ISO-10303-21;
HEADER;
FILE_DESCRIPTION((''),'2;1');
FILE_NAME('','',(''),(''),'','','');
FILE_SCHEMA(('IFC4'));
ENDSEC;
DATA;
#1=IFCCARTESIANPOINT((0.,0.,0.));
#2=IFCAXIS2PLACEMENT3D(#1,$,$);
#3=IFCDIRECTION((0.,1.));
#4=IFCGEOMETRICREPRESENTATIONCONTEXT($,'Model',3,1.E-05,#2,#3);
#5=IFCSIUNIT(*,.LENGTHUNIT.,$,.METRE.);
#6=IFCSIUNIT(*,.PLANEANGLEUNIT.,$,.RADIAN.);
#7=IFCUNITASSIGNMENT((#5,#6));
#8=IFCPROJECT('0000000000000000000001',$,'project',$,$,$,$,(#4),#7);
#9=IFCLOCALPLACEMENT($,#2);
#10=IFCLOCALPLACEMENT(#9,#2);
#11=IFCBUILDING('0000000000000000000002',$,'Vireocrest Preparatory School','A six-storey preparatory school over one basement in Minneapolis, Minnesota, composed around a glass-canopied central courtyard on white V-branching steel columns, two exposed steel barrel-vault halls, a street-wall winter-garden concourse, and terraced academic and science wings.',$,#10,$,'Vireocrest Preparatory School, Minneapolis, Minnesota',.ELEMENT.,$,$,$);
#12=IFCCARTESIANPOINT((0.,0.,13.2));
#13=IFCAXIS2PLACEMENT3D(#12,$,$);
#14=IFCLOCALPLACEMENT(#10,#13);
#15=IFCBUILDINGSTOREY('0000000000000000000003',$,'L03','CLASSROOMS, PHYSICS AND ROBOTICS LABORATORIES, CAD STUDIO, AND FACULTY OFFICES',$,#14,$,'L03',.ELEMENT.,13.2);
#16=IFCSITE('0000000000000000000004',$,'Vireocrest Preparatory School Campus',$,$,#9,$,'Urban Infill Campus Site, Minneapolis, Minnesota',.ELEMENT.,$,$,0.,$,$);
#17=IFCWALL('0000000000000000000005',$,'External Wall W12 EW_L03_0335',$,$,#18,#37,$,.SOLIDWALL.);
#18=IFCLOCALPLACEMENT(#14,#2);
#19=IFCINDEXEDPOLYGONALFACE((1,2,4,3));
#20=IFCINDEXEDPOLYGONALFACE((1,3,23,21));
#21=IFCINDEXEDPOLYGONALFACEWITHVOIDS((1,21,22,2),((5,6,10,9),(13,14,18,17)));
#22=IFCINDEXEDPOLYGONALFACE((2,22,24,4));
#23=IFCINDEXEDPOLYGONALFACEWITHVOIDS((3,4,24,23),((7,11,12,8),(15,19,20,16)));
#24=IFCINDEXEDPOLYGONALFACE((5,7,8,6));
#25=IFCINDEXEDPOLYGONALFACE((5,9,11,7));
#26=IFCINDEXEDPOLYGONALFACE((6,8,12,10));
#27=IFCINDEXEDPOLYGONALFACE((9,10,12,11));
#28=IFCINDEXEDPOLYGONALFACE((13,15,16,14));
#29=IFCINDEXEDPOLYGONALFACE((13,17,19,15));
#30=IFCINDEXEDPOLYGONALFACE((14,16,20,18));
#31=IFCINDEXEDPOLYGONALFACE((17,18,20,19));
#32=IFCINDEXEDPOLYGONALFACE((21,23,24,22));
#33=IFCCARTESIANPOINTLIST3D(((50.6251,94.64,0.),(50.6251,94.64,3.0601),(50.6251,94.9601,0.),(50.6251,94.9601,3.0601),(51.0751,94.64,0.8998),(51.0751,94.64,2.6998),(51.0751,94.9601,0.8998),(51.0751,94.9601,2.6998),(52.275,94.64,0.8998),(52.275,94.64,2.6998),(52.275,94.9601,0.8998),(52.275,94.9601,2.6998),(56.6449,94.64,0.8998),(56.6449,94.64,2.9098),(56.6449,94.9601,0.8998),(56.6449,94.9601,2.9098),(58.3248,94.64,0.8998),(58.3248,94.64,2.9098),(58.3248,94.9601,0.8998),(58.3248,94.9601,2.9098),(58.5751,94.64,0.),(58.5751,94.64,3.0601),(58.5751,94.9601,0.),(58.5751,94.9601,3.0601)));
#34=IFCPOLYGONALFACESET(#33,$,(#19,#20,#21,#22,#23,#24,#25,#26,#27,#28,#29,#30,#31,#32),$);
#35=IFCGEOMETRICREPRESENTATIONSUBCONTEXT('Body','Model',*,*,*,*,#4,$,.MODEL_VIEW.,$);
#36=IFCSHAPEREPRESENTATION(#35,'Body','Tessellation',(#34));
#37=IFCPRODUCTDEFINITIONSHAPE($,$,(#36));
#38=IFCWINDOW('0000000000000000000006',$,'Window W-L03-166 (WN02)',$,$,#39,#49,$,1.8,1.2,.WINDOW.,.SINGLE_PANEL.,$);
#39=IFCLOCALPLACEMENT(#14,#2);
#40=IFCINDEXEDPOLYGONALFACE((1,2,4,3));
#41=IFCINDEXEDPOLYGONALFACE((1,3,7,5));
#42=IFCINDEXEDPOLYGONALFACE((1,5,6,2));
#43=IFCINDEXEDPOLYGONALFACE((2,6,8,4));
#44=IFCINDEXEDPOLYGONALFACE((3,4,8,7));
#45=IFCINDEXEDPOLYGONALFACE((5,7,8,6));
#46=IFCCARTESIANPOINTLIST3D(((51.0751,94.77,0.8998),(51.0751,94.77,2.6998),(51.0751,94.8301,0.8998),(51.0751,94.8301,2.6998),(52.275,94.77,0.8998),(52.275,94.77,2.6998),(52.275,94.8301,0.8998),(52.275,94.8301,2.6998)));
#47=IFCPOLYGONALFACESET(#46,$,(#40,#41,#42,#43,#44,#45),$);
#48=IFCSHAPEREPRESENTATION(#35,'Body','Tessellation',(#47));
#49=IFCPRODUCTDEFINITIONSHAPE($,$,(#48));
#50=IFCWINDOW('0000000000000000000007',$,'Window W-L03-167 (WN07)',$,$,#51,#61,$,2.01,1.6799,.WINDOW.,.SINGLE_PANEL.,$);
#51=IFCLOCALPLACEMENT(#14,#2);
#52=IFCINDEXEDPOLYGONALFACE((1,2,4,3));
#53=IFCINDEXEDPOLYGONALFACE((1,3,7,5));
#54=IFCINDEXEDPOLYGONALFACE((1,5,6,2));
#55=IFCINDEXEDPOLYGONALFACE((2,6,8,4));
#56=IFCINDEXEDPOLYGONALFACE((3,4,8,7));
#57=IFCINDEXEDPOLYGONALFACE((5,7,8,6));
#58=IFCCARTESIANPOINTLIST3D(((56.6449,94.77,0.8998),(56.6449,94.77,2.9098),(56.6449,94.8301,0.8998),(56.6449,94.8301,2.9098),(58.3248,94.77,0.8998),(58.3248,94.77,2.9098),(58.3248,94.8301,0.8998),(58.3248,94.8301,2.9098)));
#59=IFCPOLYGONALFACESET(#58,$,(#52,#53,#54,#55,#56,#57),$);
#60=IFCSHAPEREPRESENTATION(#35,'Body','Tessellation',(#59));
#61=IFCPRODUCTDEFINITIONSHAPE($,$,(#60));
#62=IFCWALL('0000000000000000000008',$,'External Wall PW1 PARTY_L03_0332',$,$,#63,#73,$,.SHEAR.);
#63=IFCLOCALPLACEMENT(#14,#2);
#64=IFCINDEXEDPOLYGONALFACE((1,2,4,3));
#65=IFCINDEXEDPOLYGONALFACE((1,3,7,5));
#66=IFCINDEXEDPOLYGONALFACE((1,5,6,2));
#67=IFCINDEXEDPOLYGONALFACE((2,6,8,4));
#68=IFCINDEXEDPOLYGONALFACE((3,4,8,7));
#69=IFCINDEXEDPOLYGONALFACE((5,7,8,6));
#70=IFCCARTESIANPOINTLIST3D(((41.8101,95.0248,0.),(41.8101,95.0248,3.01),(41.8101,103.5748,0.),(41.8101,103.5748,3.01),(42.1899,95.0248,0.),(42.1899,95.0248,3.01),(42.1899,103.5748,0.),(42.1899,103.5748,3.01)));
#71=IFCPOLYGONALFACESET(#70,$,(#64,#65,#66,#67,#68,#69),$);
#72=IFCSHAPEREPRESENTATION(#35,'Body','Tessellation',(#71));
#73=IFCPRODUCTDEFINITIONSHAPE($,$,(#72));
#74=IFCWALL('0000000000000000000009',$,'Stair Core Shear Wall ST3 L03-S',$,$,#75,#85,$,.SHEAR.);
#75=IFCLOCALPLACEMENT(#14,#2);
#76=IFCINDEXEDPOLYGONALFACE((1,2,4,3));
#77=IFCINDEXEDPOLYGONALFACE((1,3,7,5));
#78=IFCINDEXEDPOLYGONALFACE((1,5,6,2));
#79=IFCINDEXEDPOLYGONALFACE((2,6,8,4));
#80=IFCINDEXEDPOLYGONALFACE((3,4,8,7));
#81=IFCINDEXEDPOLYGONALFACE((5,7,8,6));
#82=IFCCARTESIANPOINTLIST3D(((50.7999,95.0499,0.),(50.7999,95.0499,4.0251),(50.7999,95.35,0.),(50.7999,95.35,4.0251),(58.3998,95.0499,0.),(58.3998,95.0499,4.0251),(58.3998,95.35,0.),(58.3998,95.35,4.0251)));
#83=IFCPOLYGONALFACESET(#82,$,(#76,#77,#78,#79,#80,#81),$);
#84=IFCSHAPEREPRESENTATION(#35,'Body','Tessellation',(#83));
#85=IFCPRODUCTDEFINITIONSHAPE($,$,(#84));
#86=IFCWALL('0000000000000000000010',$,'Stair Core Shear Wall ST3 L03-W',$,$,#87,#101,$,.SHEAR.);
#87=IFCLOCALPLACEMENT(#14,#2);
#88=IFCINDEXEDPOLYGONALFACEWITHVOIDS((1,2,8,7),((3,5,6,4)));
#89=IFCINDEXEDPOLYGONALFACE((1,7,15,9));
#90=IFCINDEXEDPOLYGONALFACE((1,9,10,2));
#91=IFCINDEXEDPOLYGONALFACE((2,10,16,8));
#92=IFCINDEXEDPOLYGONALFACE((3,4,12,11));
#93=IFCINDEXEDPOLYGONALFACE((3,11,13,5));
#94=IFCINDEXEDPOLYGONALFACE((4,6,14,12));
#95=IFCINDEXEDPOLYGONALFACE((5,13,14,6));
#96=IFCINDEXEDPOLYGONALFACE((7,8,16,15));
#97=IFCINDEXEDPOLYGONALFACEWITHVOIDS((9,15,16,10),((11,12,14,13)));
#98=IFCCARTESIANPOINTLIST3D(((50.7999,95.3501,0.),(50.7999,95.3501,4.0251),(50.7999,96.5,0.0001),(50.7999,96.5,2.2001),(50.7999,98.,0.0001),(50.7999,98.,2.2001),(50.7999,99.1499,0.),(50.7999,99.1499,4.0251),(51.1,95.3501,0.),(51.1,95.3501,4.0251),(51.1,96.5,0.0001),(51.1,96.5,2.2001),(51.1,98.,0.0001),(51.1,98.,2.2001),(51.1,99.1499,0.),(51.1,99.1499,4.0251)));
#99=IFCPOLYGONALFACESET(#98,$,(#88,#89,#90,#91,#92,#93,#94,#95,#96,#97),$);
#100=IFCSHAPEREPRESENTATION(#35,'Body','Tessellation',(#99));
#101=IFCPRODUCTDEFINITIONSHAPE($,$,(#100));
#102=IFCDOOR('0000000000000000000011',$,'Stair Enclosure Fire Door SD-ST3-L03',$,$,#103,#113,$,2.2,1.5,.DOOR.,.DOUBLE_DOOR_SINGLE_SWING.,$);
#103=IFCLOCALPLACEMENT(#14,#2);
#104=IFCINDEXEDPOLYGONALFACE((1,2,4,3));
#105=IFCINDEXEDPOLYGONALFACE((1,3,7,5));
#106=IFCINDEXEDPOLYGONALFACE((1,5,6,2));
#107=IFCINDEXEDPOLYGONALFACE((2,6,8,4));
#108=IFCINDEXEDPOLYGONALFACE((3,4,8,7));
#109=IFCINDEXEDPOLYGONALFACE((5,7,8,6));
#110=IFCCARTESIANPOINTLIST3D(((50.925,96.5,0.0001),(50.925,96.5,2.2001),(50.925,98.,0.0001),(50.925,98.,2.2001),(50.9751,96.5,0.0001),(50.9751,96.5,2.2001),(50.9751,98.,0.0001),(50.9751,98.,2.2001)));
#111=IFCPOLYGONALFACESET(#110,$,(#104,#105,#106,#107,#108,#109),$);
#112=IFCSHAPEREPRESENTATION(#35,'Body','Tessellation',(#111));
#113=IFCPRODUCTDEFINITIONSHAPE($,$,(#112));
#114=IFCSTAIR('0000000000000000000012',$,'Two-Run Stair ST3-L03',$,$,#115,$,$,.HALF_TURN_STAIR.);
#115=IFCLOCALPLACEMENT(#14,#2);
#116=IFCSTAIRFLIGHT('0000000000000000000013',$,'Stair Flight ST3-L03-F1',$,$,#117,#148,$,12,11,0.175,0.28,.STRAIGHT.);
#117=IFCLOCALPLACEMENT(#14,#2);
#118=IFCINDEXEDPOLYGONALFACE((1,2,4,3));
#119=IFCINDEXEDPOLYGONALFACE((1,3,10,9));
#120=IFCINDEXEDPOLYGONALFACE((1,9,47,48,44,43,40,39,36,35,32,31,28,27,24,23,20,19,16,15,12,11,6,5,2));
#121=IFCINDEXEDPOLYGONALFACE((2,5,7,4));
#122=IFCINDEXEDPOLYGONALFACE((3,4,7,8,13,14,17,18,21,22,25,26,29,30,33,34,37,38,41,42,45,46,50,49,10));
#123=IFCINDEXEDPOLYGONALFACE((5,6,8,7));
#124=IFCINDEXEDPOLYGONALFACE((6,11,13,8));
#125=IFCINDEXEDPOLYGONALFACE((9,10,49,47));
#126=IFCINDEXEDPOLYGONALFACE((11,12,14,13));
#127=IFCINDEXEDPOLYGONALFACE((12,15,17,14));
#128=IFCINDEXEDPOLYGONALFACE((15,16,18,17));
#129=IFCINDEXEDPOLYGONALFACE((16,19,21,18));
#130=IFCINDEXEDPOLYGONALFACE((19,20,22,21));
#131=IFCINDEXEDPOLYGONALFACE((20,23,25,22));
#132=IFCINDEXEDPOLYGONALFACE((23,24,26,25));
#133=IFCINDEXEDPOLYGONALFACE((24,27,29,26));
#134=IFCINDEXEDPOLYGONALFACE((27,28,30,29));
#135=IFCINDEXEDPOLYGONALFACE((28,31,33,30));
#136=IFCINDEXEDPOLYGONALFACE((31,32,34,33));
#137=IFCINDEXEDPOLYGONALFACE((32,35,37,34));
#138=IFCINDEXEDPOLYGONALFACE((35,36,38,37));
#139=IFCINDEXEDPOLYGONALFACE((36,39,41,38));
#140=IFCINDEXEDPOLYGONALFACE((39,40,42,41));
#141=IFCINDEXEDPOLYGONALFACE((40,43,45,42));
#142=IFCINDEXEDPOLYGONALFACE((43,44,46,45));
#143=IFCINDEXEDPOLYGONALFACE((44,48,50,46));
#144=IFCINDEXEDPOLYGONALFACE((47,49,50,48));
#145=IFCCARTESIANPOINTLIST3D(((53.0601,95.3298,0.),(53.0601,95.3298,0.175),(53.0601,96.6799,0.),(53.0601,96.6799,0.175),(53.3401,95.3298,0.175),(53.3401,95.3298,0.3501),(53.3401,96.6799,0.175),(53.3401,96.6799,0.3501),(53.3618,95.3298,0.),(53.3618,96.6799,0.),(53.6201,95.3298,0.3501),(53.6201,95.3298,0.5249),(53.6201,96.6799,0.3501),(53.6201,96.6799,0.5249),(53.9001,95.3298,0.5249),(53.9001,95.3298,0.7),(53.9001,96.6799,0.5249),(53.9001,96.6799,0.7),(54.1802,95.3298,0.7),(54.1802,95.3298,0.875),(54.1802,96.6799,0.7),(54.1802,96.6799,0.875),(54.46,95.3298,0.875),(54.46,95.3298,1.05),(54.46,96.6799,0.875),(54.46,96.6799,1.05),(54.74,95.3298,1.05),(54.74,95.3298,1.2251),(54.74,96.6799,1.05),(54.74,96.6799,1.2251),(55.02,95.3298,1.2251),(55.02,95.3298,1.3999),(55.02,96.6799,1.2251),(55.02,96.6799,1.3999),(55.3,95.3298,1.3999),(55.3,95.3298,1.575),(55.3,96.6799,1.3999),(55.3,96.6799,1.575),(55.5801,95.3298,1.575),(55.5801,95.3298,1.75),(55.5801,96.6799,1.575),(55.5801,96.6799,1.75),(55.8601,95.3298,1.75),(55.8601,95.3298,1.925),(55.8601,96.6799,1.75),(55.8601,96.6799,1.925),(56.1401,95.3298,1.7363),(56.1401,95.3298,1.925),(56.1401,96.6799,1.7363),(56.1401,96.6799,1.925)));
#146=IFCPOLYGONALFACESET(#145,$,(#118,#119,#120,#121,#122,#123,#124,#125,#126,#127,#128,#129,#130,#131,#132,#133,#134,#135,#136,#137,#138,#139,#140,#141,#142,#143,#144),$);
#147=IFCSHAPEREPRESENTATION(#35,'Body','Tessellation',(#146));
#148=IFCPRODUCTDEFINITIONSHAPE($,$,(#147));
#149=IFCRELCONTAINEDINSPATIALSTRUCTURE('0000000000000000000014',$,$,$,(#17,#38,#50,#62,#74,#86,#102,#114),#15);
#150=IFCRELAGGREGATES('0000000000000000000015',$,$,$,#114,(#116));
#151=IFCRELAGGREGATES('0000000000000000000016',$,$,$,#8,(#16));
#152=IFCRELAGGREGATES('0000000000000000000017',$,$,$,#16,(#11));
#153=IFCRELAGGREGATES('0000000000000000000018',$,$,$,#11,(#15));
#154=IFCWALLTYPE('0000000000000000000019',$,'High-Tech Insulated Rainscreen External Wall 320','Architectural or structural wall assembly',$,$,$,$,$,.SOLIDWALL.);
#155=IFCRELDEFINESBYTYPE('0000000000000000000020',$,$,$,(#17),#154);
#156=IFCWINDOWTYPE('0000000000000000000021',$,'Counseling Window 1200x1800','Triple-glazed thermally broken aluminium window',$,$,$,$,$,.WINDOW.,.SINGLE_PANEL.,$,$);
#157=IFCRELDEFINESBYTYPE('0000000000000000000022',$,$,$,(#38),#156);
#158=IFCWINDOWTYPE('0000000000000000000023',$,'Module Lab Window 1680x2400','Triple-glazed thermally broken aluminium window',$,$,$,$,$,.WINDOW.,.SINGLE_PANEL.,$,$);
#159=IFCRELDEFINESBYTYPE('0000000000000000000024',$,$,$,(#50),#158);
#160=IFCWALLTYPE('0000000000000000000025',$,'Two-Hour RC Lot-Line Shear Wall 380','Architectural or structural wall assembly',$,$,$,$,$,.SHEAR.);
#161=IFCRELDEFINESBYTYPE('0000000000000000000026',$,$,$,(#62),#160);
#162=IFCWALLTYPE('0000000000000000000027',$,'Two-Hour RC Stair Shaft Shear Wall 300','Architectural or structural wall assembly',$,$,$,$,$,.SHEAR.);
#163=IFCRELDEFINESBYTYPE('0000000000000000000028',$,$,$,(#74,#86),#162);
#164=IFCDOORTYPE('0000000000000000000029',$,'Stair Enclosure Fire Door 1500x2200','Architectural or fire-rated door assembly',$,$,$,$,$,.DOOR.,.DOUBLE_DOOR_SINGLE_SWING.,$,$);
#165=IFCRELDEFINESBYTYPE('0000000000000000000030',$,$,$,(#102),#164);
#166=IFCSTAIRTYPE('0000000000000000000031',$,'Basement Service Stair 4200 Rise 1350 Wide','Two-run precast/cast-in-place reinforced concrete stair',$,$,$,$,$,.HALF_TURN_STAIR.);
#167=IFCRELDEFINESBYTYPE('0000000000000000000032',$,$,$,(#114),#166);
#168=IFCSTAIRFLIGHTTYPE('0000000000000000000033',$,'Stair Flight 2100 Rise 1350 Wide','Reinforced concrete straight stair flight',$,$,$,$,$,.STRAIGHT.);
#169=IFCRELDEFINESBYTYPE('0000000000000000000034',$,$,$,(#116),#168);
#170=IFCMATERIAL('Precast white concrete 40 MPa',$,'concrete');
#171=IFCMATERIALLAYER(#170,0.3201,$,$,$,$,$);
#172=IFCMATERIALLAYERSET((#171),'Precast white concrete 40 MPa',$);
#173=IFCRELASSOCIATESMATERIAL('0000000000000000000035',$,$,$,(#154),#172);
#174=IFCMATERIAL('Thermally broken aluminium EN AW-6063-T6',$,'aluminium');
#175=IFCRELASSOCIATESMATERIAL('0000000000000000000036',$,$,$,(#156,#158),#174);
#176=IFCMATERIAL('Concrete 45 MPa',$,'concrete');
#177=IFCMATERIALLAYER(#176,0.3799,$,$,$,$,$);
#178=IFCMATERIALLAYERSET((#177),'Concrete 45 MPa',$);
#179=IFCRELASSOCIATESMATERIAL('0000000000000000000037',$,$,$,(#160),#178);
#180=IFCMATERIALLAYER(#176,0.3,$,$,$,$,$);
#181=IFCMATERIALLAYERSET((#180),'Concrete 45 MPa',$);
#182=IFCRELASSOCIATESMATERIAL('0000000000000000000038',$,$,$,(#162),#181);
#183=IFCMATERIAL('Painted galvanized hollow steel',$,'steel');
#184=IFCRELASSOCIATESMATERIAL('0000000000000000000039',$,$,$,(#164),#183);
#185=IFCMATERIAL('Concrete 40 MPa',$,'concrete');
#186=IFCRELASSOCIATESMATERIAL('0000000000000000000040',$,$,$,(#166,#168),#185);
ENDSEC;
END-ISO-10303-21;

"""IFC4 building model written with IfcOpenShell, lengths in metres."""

from ifc_helpers import new_model, si_unit, direction, frame, frame_2d, origin, place, context, subcontext, project, spatial, polyline, rectangle, outline, extrude, material, layer, layer_set, type_object, element, fill, aggregate, save


model = new_model("IFC4")

# Units and contexts
model_context = context("Model", 3, precision=1e-05, world=origin(), true_north=direction((0.0, 1.0)))
body_context = subcontext(model_context, "Body", "Model", "MODEL_VIEW")
ifc_project = project(units=[si_unit("LENGTHUNIT", "METRE"), si_unit("PLANEANGLEUNIT", "RADIAN")], contexts=[model_context])

# Site, building, storey
site_placement = place(None, origin())
site = spatial("IfcSite", under=ifc_project, at=site_placement, Name="Vireocrest Preparatory School Campus", LongName="Urban Infill Campus Site, Minneapolis, Minnesota", CompositionType="ELEMENT", RefElevation=0.0)
building_placement = place(site_placement, origin())
building = spatial("IfcBuilding", under=site, at=building_placement, Name="Vireocrest Preparatory School", Description="A six-storey preparatory school over one basement in Minneapolis, Minnesota, composed around a glass-canopied central courtyard on white V-branching steel columns, two exposed steel barrel-vault halls, a street-wall winter-garden concourse, and terraced academic and science wings.", LongName="Vireocrest Preparatory School, Minneapolis, Minnesota", CompositionType="ELEMENT")
storey_placement = place(building_placement, frame((0.0, 0.0, 13.2)))
storey = spatial("IfcBuildingStorey", under=building, at=storey_placement, Name="L03", Description="CLASSROOMS, PHYSICS AND ROBOTICS LABORATORIES, CAD STUDIO, AND FACULTY OFFICES", LongName="L03", CompositionType="ELEMENT", Elevation=13.2)

# Shared definitions
ifc_material_1 = material(Name="Concrete 45 MPa", Category="concrete")

# Shared definitions
ifc_material_2 = material(Name="Thermally broken aluminium EN AW-6063-T6", Category="aluminium")

# Shared definitions
ifc_material_3 = material(Name="Concrete 40 MPa", Category="concrete")

# Wall, openings, windows
ifc_material_4 = material(Name="Precast white concrete 40 MPa", Category="concrete")
ifc_layer_1 = layer(ifc_material_4, 0.3201)
ifc_layer_set_1 = layer_set([ifc_layer_1], Name="Precast white concrete 40 MPa")
wall_type_1 = type_object("IfcWallType", Name="High-Tech Insulated Rainscreen External Wall 320", Description="Architectural or structural wall assembly", PredefinedType="SOLIDWALL", material=ifc_layer_set_1)
wall_1_placement = place(storey_placement, frame((50.625, 94.8, 0.0), z_axis=(0.0, 0.0, 1.0), x_axis=(1.0, 0.0, 0.0)))
wall_1 = element("IfcWall", 1, at=wall_1_placement, inside=storey, type_object=wall_type_1, Name="External Wall W12 EW_L03_0335", PredefinedType="SOLIDWALL", context=body_context, shape_type="SweptSolid", body=[
    extrude(rectangle(XDim=7.95, YDim=0.3201, at=frame_2d((3.9751, 0.0))), origin(), (0.0, 0.0, 1.0), 3.0601),
])
opening_1_placement = place(wall_1_placement, frame((0.45, 0.0, 0.8999)))
opening_1 = element("IfcOpeningElement", 2, at=opening_1_placement, cuts=wall_1, PredefinedType="OPENING", context=body_context, shape_type="SweptSolid", body=[
    extrude(rectangle(XDim=1.2, YDim=1.8, at=frame_2d((0.6001, 0.8999))), frame((0.0, 0.1699, 0.0), z_axis=(0.0, -1.0, 0.0), x_axis=(1.0, 0.0, 0.0)), (0.0, 0.0, 1.0), 0.3401),
])
opening_2_placement = place(wall_1_placement, frame((6.02, 0.0, 0.8999)))
opening_2 = element("IfcOpeningElement", 3, at=opening_2_placement, cuts=wall_1, PredefinedType="OPENING", context=body_context, shape_type="SweptSolid", body=[
    extrude(rectangle(XDim=1.6799, YDim=2.01, at=frame_2d((0.8398, 1.0049))), frame((0.0, 0.1699, 0.0), z_axis=(0.0, -1.0, 0.0), x_axis=(1.0, 0.0, 0.0)), (0.0, 0.0, 1.0), 0.3401),
])
window_type_1 = type_object("IfcWindowType", Name="Counseling Window 1200x1800", Description="Triple-glazed thermally broken aluminium window", PartitioningType="SINGLE_PANEL", PredefinedType="WINDOW", material=ifc_material_2)
window_1_placement = place(opening_1_placement, origin())
window_1 = element("IfcWindow", 4, at=window_1_placement, inside=storey, type_object=window_type_1, Name="Window W-L03-166 (WN02)", OverallHeight=1.8, OverallWidth=1.2, PartitioningType="SINGLE_PANEL", PredefinedType="WINDOW", context=body_context, shape_type="SweptSolid", body=[
    extrude(rectangle(XDim=1.2, YDim=1.8, at=frame_2d((0.6001, 0.8999))), frame((0.0, 0.03, 0.0), z_axis=(0.0, -1.0, 0.0), x_axis=(1.0, 0.0, 0.0)), (0.0, 0.0, 1.0), 0.0601),
])
fill(opening_1, window_1)
window_type_2 = type_object("IfcWindowType", Name="Module Lab Window 1680x2400", Description="Triple-glazed thermally broken aluminium window", PartitioningType="SINGLE_PANEL", PredefinedType="WINDOW", material=ifc_material_2)
window_2_placement = place(opening_2_placement, origin())
window_2 = element("IfcWindow", 5, at=window_2_placement, inside=storey, type_object=window_type_2, Name="Window W-L03-167 (WN07)", OverallHeight=2.01, OverallWidth=1.6799, PartitioningType="SINGLE_PANEL", PredefinedType="WINDOW", context=body_context, shape_type="SweptSolid", body=[
    extrude(rectangle(XDim=1.6799, YDim=2.01, at=frame_2d((0.8398, 1.0049))), frame((0.0, 0.03, 0.0), z_axis=(0.0, -1.0, 0.0), x_axis=(1.0, 0.0, 0.0)), (0.0, 0.0, 1.0), 0.0601),
])
fill(opening_2, window_2)

# Walls
ifc_layer_2 = layer(ifc_material_1, 0.3799)
ifc_layer_set_2 = layer_set([ifc_layer_2], Name="Concrete 45 MPa")
wall_type_2 = type_object("IfcWallType", Name="Two-Hour RC Lot-Line Shear Wall 380", Description="Architectural or structural wall assembly", PredefinedType="SHEAR", material=ifc_layer_set_2)
wall_2_placement = place(storey_placement, frame((42.0, 95.0249, 0.0), z_axis=(0.0, 0.0, 1.0), x_axis=(0.0, 1.0, 0.0)))
element("IfcWall", 6, at=wall_2_placement, inside=storey, type_object=wall_type_2, Name="External Wall PW1 PARTY_L03_0332", PredefinedType="SHEAR", context=body_context, shape_type="SweptSolid", body=[
    extrude(rectangle(XDim=8.55, YDim=0.3799, at=frame_2d((4.2749, 0.0))), origin(), (0.0, 0.0, 1.0), 3.01),
])
ifc_layer_3 = layer(ifc_material_1, 0.3)
ifc_layer_set_3 = layer_set([ifc_layer_3], Name="Concrete 45 MPa")
wall_type_3 = type_object("IfcWallType", Name="Two-Hour RC Stair Shaft Shear Wall 300", Description="Architectural or structural wall assembly", PredefinedType="SHEAR", material=ifc_layer_set_3)
wall_3_placement = place(storey_placement, frame((50.8, 95.2, 0.0), z_axis=(0.0, 0.0, 1.0), x_axis=(1.0, 0.0, 0.0)))
element("IfcWall", 7, at=wall_3_placement, inside=storey, type_object=wall_type_3, Name="Stair Core Shear Wall ST3 L03-S", PredefinedType="SHEAR", context=body_context, shape_type="SweptSolid", body=[
    extrude(rectangle(XDim=7.5999, YDim=0.3, at=frame_2d((3.7998, 0.0))), origin(), (0.0, 0.0, 1.0), 4.0251),
])

# Wall, opening, door
wall_4_placement = place(storey_placement, frame((50.95, 95.3501, 0.0), z_axis=(0.0, 0.0, 1.0), x_axis=(0.0, 1.0, 0.0)))
wall_4 = element("IfcWall", 8, at=wall_4_placement, inside=storey, type_object=wall_type_3, Name="Stair Core Shear Wall ST3 L03-W", PredefinedType="SHEAR", context=body_context, shape_type="SweptSolid", body=[
    extrude(rectangle(XDim=3.7998, YDim=0.3, at=frame_2d((1.8999, 0.0))), origin(), (0.0, 0.0, 1.0), 4.0251),
])
opening_3_placement = place(wall_4_placement, frame((1.1499, 0.0, 0.0)))
opening_3 = element("IfcOpeningElement", 9, at=opening_3_placement, cuts=wall_4, PredefinedType="OPENING", context=body_context, shape_type="SweptSolid", body=[
    extrude(rectangle(XDim=1.5, YDim=2.2, at=frame_2d((0.75, 1.1001))), frame((0.0, 0.1599, 0.0), z_axis=(0.0, -1.0, 0.0), x_axis=(1.0, 0.0, 0.0)), (0.0, 0.0, 1.0), 0.3201),
])
ifc_material_5 = material(Name="Painted galvanized hollow steel", Category="steel")
door_type = type_object("IfcDoorType", Name="Stair Enclosure Fire Door 1500x2200", Description="Architectural or fire-rated door assembly", OperationType="DOUBLE_DOOR_SINGLE_SWING", PredefinedType="DOOR", material=ifc_material_5)
door_placement = place(opening_3_placement, origin())
door = element("IfcDoor", 10, at=door_placement, inside=storey, type_object=door_type, Name="Stair Enclosure Fire Door SD-ST3-L03", OperationType="DOUBLE_DOOR_SINGLE_SWING", OverallHeight=2.2, OverallWidth=1.5, PredefinedType="DOOR", context=body_context, shape_type="SweptSolid", body=[
    extrude(rectangle(XDim=1.5, YDim=2.2, at=frame_2d((0.75, 1.1001))), frame((0.0, 0.0249, 0.0), z_axis=(0.0, -1.0, 0.0), x_axis=(1.0, 0.0, 0.0)), (0.0, 0.0, 1.0), 0.05),
])
fill(opening_3, door)

# Stair, stair flight
stair_type = type_object("IfcStairType", Name="Basement Service Stair 4200 Rise 1350 Wide", Description="Two-run precast/cast-in-place reinforced concrete stair", PredefinedType="HALF_TURN_STAIR", material=ifc_material_3)
stair_placement = place(storey_placement, origin())
stair = element("IfcStair", 11, at=stair_placement, inside=storey, type_object=stair_type, Name="Two-Run Stair ST3-L03", PredefinedType="HALF_TURN_STAIR")
stair_flight_type = type_object("IfcStairFlightType", Name="Stair Flight 2100 Rise 1350 Wide", Description="Reinforced concrete straight stair flight", PredefinedType="STRAIGHT", material=ifc_material_3)
stair_flight_placement = place(storey_placement, frame((53.0601, 96.0049, 0.0), z_axis=(0.0, 0.0, 1.0), x_axis=(1.0, 0.0, 0.0)))
stair_flight = element("IfcStairFlight", 12, at=stair_flight_placement, type_object=stair_flight_type, Name="Stair Flight ST3-L03-F1", NumberOfRisers=12, NumberOfTreads=11, PredefinedType="STRAIGHT", RiserHeight=0.175, TreadLength=0.28, context=body_context, shape_type="SweptSolid", body=[
    extrude(outline(polyline([(0.0, 0.0), (0.0, 0.175), (0.28, 0.175), (0.28, 0.3501), (0.5601, 0.3501), (0.5601, 0.5249), (0.8401, 0.5249), (0.8401, 0.7), (1.1201, 0.7), (1.1201, 0.875), (1.3999, 0.875), (1.3999, 1.05), (1.6799, 1.05), (1.6799, 1.2251), (1.96, 1.2251), (1.96, 1.3999), (2.24, 1.3999), (2.24, 1.575), (2.52, 1.575), (2.52, 1.75), (2.8, 1.75), (2.8, 1.925), (3.0801, 1.925), (3.0801, 2.1001), (3.0801, 1.7363), (0.3018, 0.0), (0.0, 0.0)])), frame((0.0, 0.675, 0.0), z_axis=(0.0, -1.0, 0.0), x_axis=(1.0, 0.0, 0.0)), (0.0, 0.0, 1.0), 1.3501),
])
aggregate(stair, [stair_flight])

save(model, "model.ifc")
